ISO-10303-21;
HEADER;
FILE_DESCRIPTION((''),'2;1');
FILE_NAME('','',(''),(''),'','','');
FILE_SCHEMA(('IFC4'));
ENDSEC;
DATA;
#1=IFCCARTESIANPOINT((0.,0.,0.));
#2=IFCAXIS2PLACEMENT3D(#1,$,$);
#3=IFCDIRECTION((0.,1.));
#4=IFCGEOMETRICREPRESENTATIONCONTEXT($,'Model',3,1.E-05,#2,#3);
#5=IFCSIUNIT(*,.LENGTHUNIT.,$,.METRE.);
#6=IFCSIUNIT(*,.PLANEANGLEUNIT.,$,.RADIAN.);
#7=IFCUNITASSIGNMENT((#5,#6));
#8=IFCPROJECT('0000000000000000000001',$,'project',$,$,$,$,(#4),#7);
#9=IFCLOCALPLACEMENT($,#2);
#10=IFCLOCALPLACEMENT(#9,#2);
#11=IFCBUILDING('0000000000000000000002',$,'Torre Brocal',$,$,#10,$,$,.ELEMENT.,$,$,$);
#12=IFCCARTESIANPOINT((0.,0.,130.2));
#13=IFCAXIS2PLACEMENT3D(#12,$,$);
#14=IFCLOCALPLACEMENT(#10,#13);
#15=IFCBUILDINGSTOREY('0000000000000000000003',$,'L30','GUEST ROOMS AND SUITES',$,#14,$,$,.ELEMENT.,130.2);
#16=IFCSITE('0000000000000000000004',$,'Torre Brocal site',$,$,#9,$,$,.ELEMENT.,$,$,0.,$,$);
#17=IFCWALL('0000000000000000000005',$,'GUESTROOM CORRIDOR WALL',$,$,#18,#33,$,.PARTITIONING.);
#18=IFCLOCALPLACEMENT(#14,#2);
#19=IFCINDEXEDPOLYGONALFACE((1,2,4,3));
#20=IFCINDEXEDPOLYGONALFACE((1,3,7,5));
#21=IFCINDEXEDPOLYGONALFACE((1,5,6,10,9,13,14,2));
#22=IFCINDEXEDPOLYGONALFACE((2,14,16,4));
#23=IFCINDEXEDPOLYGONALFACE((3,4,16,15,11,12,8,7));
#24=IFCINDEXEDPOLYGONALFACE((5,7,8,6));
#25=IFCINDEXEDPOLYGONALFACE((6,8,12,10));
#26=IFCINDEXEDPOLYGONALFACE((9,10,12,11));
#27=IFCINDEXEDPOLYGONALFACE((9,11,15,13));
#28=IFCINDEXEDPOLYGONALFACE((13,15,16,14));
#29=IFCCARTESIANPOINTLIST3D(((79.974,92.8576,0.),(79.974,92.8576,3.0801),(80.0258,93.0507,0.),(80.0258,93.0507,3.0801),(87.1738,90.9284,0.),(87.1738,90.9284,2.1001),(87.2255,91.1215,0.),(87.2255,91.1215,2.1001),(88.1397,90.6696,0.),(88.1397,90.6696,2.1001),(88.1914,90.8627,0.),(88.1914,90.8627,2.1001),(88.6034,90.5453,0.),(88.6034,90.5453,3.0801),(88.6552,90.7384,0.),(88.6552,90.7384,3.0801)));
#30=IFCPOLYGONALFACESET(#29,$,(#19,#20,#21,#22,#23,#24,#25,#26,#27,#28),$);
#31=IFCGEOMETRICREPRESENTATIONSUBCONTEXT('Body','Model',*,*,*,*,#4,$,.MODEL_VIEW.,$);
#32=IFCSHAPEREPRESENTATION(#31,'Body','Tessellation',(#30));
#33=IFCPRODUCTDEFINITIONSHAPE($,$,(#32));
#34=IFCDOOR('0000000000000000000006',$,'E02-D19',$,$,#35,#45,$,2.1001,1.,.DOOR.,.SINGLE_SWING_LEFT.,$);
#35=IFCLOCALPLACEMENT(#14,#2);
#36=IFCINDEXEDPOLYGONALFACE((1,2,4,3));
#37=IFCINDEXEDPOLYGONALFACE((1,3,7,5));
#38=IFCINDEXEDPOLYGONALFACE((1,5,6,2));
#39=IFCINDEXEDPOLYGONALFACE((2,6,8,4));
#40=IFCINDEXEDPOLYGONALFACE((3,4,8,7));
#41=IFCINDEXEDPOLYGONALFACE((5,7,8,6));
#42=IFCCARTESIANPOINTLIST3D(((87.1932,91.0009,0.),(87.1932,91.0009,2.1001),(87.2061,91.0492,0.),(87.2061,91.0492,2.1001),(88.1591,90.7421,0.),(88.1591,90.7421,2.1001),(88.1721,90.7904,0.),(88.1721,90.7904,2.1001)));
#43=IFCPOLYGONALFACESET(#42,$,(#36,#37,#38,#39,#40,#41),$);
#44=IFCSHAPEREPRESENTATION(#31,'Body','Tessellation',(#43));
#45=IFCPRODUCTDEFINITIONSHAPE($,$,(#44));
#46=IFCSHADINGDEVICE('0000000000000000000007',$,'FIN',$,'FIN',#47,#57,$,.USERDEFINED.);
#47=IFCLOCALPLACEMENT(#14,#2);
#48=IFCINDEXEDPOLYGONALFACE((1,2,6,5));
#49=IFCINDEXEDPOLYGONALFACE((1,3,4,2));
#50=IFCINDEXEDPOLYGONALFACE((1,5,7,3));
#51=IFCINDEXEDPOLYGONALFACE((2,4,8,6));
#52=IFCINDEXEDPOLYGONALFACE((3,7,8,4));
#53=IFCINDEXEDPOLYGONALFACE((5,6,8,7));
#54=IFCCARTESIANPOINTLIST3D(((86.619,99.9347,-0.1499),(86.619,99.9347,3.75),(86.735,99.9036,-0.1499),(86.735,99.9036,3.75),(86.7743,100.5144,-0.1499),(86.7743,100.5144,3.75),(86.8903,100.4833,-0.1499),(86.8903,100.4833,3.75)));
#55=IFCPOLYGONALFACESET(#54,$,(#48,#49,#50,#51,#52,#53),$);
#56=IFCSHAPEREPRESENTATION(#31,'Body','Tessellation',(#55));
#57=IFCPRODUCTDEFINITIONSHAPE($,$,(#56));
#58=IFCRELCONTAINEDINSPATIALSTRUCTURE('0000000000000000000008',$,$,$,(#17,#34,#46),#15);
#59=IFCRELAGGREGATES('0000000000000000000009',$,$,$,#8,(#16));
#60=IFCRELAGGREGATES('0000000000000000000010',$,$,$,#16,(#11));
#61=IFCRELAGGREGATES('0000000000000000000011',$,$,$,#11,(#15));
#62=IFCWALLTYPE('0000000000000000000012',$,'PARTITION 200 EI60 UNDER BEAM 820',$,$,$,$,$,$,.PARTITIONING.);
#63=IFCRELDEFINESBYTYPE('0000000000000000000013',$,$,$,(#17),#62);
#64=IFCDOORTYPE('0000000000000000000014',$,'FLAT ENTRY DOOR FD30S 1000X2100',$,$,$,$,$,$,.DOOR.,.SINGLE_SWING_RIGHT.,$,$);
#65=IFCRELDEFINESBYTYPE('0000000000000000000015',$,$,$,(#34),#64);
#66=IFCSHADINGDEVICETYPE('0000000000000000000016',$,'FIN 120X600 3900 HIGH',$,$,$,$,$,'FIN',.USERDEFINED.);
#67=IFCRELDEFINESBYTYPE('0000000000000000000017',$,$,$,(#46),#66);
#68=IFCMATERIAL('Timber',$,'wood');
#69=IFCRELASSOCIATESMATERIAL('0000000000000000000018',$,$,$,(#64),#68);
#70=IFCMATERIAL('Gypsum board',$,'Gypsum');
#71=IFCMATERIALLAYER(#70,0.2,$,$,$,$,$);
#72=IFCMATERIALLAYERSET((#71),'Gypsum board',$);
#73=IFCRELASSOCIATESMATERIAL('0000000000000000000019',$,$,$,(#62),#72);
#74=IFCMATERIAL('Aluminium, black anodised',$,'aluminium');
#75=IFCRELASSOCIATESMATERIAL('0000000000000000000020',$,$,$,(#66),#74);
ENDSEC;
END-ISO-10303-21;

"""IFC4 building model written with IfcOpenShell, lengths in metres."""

from ifc_helpers import new_model, si_unit, direction, frame, frame_2d, origin, origin_2d, place, context, subcontext, project, spatial, rectangle, extrude, material, layer, layer_set, material_profile, profile_set, type_object, element, fill, save


model = new_model("IFC4")

# Units and contexts
model_context = context("Model", 3, precision=1e-05, world=origin(), true_north=direction((0.0, 1.0)))
body_context = subcontext(model_context, "Body", "Model", "MODEL_VIEW")
ifc_project = project(units=[si_unit("LENGTHUNIT", "METRE"), si_unit("PLANEANGLEUNIT", "RADIAN")], contexts=[model_context])

# Site, building, storey
site_placement = place(None, origin())
site = spatial("IfcSite", under=ifc_project, at=site_placement, Name="Torre Brocal site", CompositionType="ELEMENT", RefElevation=0.0)
building_placement = place(site_placement, origin())
building = spatial("IfcBuilding", under=site, at=building_placement, Name="Torre Brocal", CompositionType="ELEMENT")
storey_placement = place(building_placement, frame((0.0, 0.0, 130.2)))
storey = spatial("IfcBuildingStorey", under=building, at=storey_placement, Name="L30", Description="GUEST ROOMS AND SUITES", CompositionType="ELEMENT", Elevation=130.2)

# Shared definitions
ifc_material_1 = material(Name="Timber", Category="wood")
door_type_1 = type_object("IfcDoorType", Name="FLAT ENTRY DOOR FD30S 1000X2100", OperationType="SINGLE_SWING_RIGHT", PredefinedType="DOOR", material=ifc_material_1)

# Wall, opening, door
ifc_material_2 = material(Name="Gypsum board", Category="Gypsum")
ifc_layer_1 = layer(ifc_material_2, 0.2)
ifc_layer_set_1 = layer_set([ifc_layer_1], Name="Gypsum board")
wall_type_1 = type_object("IfcWallType", Name="PARTITION 200 EI60 UNDER BEAM 820", PredefinedType="PARTITIONING", material=ifc_layer_set_1)
wall_1_placement = place(storey_placement, frame((80.0, 92.9541, 0.0), z_axis=(0.0, 0.0, 1.0), x_axis=(0.965925, -0.258821, 0.0)))
wall_1 = element("IfcWall", 1, at=wall_1_placement, inside=storey, type_object=wall_type_1, Name="GUESTROOM CORRIDOR WALL", PredefinedType="PARTITIONING", context=body_context, shape_type="SweptSolid", body=[
    extrude(rectangle(XDim=8.9338, YDim=0.2, at=frame_2d((4.4668, 0.0))), origin(), (0.0, 0.0, 1.0), 3.0801),
])
opening_1_placement = place(wall_1_placement, frame((7.4536, 0.0, 0.0)))
opening_1 = element("IfcOpeningElement", 2, at=opening_1_placement, cuts=wall_1, PredefinedType="OPENING", context=body_context, shape_type="SweptSolid", body=[
    extrude(rectangle(XDim=1.0, YDim=2.1001, at=frame_2d((0.5, 1.05))), frame((0.0, 0.1099, 0.0), z_axis=(0.0, -1.0, 0.0), x_axis=(1.0, 0.0, 0.0)), (0.0, 0.0, 1.0), 0.22),
])
door_1_placement = place(opening_1_placement, frame((1.0, 0.0, 0.0), z_axis=(0.0, 0.0, 1.0), x_axis=(-1.0, 0.0, 0.0)))
door_1 = element("IfcDoor", 3, at=door_1_placement, inside=storey, type_object=door_type_1, Name="E02-D19", OperationType="SINGLE_SWING_LEFT", OverallHeight=2.1001, OverallWidth=1.0, PredefinedType="DOOR", context=body_context, shape_type="SweptSolid", body=[
    extrude(rectangle(XDim=1.0, YDim=2.1001, at=frame_2d((0.5, 1.05))), frame((0.0, 0.0249, 0.0), z_axis=(0.0, -1.0, 0.0), x_axis=(1.0, 0.0, 0.0)), (0.0, 0.0, 1.0), 0.05),
])
fill(opening_1, door_1)

# Shading device
ifc_material_3 = material(Name="Aluminium, black anodised", Category="aluminium")
ifc_material_profile_1 = material_profile(ifc_material_3, rectangle(XDim=0.1201, YDim=0.6001, at=origin_2d()), Name="FIN 120X600 3900 HIGH")
ifc_profile_set_1 = profile_set([ifc_material_profile_1], Name="Aluminium, black anodised")
shading_device_type = type_object("IfcShadingDeviceType", Name="FIN 120X600 3900 HIGH", ElementType="FIN", PredefinedType="USERDEFINED", material=ifc_profile_set_1)
shading_device_placement = place(storey_placement, frame((86.7546, 100.209, -0.1499), z_axis=(0.0, 0.0, 1.0), x_axis=(-0.965926, 0.258819, 0.0)))
element("IfcShadingDevice", 4, at=shading_device_placement, inside=storey, type_object=shading_device_type, Name="FIN", ObjectType="FIN", PredefinedType="USERDEFINED", context=body_context, shape_type="SweptSolid", body=[
    extrude(rectangle(XDim=0.1201, YDim=0.6001, at=origin_2d()), origin(), (0.0, 0.0, 1.0), 3.8999),
])

save(model, "model.ifc")
